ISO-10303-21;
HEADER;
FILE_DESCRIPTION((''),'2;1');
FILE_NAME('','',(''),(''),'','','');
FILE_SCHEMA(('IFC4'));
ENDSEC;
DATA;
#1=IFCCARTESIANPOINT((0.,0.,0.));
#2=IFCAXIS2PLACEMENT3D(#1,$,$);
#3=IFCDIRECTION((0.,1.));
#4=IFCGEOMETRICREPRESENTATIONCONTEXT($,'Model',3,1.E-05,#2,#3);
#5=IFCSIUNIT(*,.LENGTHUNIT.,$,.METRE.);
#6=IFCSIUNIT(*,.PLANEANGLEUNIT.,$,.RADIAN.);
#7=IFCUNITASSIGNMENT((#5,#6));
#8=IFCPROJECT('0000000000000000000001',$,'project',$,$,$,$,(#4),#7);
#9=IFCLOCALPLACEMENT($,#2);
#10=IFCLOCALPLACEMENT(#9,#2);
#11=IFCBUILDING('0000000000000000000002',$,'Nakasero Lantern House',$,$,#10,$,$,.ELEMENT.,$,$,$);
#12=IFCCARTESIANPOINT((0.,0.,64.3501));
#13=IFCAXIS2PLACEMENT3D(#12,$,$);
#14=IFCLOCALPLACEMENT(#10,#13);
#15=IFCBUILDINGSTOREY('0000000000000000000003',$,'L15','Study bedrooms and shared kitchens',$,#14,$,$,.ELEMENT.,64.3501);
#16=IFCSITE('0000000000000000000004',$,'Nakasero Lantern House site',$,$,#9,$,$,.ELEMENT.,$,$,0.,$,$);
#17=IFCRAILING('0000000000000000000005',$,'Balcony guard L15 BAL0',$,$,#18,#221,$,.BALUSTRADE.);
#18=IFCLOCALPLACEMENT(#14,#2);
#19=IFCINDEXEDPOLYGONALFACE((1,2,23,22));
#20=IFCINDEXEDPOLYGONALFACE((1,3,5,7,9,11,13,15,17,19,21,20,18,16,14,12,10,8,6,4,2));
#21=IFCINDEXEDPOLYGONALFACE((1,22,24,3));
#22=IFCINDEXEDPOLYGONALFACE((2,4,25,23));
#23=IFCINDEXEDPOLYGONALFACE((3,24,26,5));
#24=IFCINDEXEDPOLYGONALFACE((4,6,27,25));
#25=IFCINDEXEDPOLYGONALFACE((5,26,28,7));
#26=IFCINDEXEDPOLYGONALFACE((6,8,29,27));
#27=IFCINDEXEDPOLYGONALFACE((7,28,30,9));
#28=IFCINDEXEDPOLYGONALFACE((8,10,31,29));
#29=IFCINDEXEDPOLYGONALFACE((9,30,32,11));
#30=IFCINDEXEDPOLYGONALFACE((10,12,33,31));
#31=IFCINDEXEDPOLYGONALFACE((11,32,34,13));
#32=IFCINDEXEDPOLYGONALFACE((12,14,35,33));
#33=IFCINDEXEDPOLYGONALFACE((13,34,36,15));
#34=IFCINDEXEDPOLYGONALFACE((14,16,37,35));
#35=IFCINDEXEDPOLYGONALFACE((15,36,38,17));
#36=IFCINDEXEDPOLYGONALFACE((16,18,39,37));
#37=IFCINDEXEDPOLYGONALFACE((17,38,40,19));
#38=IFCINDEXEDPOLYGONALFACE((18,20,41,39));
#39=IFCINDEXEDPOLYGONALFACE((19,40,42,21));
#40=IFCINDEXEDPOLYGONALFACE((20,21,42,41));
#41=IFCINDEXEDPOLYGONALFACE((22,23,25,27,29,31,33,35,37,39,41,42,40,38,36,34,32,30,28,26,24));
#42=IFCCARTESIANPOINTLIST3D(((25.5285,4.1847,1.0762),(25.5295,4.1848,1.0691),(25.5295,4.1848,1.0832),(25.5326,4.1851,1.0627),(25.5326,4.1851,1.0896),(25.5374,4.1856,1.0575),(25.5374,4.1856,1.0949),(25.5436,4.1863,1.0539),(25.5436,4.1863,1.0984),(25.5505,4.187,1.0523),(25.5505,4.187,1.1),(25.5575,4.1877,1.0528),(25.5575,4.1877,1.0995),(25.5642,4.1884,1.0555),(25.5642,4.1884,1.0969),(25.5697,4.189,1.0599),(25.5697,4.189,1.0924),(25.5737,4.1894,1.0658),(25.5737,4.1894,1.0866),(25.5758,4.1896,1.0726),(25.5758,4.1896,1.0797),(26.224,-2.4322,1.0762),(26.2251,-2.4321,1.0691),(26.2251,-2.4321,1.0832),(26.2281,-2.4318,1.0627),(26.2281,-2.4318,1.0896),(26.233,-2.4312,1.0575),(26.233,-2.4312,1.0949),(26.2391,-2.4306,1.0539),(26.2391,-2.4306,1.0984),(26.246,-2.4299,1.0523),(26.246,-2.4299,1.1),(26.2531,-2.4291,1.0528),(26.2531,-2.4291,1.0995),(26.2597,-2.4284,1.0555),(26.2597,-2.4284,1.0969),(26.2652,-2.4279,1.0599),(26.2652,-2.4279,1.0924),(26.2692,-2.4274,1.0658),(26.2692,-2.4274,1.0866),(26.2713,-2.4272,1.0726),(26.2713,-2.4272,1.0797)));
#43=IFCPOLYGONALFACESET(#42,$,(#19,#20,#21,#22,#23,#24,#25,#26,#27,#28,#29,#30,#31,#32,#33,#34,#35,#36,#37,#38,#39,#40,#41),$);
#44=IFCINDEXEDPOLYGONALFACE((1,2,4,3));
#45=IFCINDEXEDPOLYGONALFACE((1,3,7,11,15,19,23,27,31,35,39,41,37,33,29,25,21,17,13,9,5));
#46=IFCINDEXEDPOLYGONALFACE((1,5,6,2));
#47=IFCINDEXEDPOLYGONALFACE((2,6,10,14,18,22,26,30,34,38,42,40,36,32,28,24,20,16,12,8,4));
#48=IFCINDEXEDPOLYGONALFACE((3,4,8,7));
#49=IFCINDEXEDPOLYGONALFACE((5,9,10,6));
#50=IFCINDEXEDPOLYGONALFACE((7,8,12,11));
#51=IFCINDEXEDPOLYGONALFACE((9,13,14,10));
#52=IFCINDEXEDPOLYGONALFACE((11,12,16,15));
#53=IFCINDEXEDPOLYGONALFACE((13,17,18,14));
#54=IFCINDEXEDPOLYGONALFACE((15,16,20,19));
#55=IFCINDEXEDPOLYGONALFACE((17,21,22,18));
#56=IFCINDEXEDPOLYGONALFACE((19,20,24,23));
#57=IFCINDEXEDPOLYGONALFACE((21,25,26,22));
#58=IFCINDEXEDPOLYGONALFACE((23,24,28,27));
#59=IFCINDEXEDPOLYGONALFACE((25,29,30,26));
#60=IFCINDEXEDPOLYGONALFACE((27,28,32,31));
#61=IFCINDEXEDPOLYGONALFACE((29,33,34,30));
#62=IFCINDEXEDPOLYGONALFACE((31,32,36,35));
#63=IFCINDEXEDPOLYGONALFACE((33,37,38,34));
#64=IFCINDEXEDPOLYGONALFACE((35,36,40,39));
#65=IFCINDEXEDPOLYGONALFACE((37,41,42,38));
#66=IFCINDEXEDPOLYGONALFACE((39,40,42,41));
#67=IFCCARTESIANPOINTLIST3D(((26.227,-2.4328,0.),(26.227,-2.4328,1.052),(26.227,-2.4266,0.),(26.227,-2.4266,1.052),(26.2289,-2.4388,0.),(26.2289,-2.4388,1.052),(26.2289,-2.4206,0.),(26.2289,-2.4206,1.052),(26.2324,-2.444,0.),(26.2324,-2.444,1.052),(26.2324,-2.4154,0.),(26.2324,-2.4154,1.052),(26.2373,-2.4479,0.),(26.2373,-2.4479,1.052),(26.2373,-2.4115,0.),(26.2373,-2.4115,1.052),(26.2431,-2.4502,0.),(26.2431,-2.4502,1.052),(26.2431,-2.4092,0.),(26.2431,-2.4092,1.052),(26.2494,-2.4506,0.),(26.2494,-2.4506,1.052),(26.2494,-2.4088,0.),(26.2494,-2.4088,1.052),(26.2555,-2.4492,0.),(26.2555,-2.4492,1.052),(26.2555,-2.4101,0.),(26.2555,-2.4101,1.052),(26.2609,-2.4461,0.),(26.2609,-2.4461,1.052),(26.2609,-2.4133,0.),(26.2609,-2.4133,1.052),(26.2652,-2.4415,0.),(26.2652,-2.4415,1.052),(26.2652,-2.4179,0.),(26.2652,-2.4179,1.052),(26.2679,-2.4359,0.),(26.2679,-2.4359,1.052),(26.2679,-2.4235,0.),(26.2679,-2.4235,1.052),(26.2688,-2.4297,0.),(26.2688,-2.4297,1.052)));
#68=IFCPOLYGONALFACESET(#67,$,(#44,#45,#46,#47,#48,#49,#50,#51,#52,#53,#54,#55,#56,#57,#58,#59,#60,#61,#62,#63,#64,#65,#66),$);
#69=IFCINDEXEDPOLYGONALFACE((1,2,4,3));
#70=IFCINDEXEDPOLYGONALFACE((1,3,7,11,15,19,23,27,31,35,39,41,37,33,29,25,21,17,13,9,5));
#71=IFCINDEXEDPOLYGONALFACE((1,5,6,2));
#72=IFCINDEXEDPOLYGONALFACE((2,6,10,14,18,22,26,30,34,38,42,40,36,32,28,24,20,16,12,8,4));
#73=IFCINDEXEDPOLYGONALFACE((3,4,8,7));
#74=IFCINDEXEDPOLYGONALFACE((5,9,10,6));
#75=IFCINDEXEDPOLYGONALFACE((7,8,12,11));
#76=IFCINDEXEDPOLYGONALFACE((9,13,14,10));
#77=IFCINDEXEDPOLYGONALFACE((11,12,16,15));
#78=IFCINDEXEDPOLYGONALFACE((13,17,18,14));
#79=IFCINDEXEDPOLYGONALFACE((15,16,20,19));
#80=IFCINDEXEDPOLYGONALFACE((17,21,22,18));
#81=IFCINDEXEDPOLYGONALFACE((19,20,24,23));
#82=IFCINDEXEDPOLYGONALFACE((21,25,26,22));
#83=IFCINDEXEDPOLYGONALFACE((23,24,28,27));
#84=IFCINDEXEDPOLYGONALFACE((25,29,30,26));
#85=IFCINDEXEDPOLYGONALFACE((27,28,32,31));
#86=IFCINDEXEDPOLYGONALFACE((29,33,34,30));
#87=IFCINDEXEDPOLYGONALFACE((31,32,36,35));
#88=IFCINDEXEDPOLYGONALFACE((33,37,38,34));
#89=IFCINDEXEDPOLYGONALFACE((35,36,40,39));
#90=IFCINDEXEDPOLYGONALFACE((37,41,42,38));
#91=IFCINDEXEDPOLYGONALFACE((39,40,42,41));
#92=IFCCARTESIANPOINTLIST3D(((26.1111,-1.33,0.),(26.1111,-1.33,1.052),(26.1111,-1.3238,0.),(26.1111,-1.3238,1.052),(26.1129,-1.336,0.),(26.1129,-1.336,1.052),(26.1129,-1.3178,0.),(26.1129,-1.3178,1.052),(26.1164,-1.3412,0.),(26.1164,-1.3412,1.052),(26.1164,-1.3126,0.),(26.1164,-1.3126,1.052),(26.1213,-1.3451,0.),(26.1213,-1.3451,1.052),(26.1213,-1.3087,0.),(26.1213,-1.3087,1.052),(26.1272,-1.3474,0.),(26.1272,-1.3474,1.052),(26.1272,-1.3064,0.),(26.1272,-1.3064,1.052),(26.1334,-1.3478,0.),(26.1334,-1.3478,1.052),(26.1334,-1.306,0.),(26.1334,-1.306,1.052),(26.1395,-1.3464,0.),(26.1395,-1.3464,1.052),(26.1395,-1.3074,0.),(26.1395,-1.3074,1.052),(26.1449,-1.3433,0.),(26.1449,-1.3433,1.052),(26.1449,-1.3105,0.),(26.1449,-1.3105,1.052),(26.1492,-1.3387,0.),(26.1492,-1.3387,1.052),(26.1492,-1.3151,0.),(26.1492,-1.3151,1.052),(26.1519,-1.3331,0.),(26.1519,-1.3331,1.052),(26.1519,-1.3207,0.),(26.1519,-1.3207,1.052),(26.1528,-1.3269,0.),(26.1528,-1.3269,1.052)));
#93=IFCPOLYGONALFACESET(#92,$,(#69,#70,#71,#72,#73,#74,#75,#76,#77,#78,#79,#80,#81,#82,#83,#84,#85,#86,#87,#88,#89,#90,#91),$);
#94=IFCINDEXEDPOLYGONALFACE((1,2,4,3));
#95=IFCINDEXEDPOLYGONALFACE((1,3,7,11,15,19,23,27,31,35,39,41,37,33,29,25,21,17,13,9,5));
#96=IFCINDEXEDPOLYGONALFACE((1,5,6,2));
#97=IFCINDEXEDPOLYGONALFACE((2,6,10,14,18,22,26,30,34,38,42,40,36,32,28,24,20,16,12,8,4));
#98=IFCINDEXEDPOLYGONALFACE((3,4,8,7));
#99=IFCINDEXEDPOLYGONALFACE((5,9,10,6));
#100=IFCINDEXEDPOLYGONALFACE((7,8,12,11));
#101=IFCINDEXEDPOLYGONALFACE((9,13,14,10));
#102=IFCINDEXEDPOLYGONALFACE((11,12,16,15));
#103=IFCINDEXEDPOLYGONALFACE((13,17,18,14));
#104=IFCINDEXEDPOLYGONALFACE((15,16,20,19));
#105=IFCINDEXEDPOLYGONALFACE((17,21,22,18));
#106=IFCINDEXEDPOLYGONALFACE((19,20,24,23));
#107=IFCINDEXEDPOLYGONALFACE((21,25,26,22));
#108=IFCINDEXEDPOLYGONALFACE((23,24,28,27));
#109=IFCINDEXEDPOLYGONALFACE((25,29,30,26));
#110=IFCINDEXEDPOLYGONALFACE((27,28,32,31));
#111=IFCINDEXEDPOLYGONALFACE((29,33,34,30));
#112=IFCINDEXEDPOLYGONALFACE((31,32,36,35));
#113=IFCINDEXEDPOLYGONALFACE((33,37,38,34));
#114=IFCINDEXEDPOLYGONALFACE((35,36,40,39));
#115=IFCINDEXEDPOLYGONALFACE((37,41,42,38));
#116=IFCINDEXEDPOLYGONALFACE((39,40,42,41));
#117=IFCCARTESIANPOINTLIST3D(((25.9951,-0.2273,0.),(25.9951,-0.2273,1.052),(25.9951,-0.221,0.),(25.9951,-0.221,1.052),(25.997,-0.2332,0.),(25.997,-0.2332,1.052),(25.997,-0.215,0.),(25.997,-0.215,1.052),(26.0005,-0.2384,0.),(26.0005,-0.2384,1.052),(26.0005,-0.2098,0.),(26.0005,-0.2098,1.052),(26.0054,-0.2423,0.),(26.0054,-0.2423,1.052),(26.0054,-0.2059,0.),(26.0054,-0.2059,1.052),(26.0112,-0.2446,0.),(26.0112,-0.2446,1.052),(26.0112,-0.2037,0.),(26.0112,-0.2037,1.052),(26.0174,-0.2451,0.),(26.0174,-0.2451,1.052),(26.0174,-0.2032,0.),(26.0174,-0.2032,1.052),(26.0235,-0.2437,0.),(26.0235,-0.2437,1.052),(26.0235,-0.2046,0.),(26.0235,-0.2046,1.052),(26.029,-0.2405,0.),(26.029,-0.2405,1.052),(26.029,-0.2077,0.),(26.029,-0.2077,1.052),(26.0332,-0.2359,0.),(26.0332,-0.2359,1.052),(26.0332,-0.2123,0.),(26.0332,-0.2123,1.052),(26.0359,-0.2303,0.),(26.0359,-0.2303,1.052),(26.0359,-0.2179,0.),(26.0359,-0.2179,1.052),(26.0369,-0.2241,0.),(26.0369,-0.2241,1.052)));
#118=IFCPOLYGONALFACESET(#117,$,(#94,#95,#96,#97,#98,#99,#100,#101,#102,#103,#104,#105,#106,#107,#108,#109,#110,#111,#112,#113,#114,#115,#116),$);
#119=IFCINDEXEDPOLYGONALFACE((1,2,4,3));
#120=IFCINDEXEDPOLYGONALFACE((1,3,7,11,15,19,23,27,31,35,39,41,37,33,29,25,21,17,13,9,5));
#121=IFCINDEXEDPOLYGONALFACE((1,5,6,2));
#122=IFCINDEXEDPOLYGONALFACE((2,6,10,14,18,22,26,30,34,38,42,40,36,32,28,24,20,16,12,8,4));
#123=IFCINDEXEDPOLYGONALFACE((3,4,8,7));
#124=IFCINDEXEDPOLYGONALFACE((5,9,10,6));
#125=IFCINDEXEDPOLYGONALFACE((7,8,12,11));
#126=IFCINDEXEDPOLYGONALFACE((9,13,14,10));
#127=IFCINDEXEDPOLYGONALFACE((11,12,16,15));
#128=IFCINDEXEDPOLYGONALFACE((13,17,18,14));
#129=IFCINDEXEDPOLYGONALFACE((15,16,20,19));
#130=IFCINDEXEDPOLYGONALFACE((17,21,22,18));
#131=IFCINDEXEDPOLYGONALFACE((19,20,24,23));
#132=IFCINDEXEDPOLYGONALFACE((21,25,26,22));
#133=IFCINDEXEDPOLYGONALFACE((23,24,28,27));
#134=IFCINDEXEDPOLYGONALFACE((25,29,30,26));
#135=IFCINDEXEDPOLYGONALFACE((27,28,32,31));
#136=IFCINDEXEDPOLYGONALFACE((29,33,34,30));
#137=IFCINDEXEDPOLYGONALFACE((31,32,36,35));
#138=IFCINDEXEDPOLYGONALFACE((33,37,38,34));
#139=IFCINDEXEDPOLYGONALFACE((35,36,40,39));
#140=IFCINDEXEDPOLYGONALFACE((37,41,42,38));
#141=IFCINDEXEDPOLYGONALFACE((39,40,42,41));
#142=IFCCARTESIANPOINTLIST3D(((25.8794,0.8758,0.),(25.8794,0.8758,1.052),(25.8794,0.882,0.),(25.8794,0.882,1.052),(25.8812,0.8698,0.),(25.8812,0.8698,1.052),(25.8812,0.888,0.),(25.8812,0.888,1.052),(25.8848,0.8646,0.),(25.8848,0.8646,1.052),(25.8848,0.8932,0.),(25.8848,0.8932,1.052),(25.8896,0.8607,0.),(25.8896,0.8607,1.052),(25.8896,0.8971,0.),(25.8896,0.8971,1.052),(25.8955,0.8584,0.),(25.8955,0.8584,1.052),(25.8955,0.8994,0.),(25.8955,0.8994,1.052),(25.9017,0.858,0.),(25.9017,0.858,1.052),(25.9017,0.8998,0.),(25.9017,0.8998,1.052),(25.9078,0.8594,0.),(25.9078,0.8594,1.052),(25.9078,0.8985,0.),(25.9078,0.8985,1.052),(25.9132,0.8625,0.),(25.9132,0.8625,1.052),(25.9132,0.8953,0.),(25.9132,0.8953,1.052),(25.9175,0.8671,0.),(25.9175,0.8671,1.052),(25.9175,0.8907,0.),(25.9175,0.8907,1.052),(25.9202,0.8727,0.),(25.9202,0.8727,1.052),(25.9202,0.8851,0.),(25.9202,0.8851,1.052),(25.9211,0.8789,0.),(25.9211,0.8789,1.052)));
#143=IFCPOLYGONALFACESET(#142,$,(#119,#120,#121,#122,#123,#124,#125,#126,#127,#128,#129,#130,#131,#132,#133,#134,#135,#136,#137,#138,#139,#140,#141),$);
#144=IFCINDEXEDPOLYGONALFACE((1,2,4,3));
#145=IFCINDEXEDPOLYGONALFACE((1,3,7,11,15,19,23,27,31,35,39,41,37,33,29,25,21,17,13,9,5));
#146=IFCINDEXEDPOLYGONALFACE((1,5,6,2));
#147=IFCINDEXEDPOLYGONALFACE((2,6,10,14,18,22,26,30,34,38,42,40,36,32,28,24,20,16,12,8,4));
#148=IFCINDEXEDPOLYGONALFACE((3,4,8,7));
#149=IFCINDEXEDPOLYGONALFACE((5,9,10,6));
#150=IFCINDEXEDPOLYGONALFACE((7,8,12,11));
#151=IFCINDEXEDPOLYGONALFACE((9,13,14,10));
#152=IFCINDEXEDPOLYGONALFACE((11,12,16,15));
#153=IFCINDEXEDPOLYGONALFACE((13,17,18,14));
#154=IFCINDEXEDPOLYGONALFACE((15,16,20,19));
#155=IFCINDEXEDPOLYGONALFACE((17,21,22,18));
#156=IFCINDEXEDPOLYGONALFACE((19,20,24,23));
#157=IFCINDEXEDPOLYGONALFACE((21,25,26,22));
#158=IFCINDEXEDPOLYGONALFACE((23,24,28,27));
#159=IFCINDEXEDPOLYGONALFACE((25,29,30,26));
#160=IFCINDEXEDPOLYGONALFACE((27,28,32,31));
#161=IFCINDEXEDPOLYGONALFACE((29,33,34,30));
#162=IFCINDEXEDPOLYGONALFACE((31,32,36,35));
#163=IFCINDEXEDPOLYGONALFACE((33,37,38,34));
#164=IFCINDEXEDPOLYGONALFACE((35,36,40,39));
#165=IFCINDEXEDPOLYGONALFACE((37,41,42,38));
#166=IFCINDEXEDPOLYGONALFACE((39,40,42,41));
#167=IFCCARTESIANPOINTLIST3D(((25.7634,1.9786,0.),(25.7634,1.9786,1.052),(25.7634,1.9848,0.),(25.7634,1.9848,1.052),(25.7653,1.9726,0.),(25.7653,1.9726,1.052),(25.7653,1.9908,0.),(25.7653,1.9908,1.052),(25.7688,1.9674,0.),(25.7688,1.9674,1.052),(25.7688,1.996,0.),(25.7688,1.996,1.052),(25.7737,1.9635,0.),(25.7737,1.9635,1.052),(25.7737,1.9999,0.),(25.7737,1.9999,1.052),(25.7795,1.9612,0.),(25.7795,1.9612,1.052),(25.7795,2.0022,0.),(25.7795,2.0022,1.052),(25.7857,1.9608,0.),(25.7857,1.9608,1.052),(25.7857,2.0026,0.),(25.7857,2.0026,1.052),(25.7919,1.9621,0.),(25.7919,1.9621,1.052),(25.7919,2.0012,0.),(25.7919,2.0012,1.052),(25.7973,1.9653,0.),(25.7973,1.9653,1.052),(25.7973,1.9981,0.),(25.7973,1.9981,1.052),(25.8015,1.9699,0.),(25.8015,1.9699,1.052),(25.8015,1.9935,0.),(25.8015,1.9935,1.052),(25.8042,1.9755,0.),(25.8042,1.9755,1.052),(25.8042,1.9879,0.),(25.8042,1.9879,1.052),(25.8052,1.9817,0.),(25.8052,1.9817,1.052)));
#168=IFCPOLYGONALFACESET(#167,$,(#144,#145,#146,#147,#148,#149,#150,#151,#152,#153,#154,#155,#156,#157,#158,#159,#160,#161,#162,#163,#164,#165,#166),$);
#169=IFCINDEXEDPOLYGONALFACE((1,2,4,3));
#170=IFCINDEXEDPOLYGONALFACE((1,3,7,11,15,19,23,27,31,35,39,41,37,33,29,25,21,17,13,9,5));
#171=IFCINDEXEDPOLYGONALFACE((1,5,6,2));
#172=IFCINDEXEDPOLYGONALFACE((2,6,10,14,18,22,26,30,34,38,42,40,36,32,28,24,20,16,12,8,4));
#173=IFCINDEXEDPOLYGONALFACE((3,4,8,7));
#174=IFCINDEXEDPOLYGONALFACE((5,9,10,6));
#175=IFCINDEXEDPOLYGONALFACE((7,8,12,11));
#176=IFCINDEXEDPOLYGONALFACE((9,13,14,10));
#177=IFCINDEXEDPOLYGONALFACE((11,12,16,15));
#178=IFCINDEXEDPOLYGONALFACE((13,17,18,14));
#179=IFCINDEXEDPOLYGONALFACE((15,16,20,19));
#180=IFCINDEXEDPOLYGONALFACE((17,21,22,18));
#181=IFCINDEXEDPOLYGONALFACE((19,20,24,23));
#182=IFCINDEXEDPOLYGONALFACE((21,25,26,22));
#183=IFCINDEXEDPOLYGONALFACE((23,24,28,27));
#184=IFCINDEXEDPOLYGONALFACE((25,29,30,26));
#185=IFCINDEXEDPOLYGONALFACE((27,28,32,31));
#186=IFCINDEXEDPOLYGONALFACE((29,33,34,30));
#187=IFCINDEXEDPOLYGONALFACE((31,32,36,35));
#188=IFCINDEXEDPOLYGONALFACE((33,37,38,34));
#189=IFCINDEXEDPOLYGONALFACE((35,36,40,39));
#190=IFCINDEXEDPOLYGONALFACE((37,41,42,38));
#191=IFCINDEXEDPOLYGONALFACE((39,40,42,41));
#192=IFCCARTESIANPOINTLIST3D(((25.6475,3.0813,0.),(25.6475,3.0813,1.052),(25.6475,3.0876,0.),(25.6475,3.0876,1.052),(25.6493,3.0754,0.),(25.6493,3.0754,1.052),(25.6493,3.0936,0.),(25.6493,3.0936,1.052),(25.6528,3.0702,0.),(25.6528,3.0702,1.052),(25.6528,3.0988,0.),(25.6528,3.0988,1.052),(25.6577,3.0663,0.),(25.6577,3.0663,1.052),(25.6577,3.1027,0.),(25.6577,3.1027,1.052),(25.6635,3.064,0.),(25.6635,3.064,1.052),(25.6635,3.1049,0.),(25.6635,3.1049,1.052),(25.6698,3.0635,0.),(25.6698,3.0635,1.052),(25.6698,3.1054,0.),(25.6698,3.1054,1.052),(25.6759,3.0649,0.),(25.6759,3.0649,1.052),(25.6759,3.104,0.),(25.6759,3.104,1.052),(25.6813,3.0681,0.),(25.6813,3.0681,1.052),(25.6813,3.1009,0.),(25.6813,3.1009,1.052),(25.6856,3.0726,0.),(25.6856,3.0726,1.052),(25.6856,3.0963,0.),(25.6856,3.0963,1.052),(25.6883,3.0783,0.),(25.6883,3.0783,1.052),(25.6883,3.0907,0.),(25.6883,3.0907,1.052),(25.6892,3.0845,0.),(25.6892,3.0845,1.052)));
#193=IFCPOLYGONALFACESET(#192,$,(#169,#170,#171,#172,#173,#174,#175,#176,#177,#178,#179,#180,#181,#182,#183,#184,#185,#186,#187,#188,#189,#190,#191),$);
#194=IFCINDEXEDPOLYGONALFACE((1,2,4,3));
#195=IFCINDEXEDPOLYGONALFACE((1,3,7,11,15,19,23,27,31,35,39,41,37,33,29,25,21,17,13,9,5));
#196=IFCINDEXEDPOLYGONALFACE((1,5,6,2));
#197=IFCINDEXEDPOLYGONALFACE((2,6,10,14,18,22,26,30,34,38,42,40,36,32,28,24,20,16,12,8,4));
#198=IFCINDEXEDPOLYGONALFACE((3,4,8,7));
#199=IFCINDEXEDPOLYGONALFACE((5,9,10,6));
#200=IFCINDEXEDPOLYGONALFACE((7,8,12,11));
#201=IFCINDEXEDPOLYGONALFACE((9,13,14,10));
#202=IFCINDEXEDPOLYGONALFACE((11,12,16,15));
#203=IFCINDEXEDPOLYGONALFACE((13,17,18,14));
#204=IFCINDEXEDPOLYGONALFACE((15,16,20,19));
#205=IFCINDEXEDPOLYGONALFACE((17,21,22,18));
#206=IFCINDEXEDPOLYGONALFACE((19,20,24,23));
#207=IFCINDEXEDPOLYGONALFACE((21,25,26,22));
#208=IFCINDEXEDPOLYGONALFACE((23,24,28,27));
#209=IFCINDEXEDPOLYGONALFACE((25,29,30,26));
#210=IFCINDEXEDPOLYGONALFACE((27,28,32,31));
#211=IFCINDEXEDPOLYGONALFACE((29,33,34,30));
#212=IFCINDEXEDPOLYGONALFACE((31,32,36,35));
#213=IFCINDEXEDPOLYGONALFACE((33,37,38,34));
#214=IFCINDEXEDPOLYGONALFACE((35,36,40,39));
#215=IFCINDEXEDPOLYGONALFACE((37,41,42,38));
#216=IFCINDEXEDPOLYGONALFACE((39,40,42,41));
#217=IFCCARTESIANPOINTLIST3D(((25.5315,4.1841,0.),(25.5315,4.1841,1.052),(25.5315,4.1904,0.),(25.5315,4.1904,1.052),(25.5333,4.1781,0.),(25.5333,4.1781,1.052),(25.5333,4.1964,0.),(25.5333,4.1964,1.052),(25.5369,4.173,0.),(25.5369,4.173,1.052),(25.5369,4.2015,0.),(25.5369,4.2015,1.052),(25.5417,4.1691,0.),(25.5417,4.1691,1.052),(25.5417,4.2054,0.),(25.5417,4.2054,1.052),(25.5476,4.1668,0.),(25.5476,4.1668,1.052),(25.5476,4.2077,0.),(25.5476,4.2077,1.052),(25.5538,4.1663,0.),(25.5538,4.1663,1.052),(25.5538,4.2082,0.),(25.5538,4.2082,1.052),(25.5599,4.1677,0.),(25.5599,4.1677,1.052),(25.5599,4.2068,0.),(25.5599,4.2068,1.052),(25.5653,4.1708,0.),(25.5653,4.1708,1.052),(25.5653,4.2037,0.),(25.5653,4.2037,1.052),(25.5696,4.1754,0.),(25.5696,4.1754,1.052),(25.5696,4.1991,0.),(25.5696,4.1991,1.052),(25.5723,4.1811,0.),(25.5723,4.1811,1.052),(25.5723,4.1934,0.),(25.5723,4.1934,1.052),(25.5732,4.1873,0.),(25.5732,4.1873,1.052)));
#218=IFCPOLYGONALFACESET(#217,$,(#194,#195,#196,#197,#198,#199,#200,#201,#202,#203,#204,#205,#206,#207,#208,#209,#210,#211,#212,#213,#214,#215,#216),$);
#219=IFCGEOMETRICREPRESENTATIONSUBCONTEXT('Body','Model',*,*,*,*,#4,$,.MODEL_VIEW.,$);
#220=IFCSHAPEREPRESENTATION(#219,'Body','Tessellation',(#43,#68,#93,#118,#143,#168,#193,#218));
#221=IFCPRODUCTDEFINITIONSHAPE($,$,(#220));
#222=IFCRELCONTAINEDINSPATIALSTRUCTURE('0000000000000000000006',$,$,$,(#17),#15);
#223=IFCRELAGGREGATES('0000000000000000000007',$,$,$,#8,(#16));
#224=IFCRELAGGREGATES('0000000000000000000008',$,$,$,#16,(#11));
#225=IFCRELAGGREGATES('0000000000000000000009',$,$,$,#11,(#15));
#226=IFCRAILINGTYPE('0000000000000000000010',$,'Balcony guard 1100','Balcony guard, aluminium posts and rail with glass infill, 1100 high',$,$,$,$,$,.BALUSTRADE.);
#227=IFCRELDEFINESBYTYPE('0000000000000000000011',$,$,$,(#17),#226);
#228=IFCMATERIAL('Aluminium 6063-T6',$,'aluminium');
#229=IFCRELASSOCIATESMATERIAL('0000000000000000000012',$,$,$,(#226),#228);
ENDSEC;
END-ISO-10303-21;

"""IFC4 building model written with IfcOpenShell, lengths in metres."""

from ifc_helpers import new_model, si_unit, direction, frame, origin, origin_2d, place, context, subcontext, project, spatial, circle, extrude, material, type_object, element, save


model = new_model("IFC4")

# Units and contexts
model_context = context("Model", 3, precision=1e-05, world=origin(), true_north=direction((0.0, 1.0)))
body_context = subcontext(model_context, "Body", "Model", "MODEL_VIEW")
ifc_project = project(units=[si_unit("LENGTHUNIT", "METRE"), si_unit("PLANEANGLEUNIT", "RADIAN")], contexts=[model_context])

# Site, building, storey
site_placement = place(None, origin())
site = spatial("IfcSite", under=ifc_project, at=site_placement, Name="Nakasero Lantern House site", CompositionType="ELEMENT", RefElevation=0.0)
building_placement = place(site_placement, origin())
building = spatial("IfcBuilding", under=site, at=building_placement, Name="Nakasero Lantern House", CompositionType="ELEMENT")
storey_placement = place(building_placement, frame((0.0, 0.0, 64.3501)))
storey = spatial("IfcBuildingStorey", under=building, at=storey_placement, Name="L15", Description="Study bedrooms and shared kitchens", CompositionType="ELEMENT", Elevation=64.3501)

# Railing
ifc_material_1 = material(Name="Aluminium 6063-T6", Category="aluminium")
railing_type = type_object("IfcRailingType", Name="Balcony guard 1100", Description="Balcony guard, aluminium posts and rail with glass infill, 1100 high", PredefinedType="BALUSTRADE", material=ifc_material_1)
railing_placement = place(storey_placement, frame((26.2478, -2.4297, 0.0)))
element("IfcRailing", 1, at=railing_placement, inside=storey, type_object=railing_type, Name="Balcony guard L15 BAL0", PredefinedType="BALUSTRADE", context=body_context, shape_type="SweptSolid", body=[
    extrude(circle(Radius=0.0239, at=origin_2d()), frame((0.0, 0.0, 1.0762), z_axis=(-0.104542, 0.994521, 0.0), x_axis=(-0.994521, -0.104542, 0.0)), (0.0, 0.0, 1.0), 6.6533),
    extrude(circle(Radius=0.021, at=origin_2d()), origin(), (0.0, 0.0, 1.0), 1.052),
    extrude(circle(Radius=0.021, at=origin_2d()), frame((-0.116, 1.1028, 0.0)), (0.0, 0.0, 1.0), 1.052),
    extrude(circle(Radius=0.021, at=origin_2d()), frame((-0.2319, 2.2056, 0.0)), (0.0, 0.0, 1.0), 1.052),
    extrude(circle(Radius=0.021, at=origin_2d()), frame((-0.3477, 3.3086, 0.0)), (0.0, 0.0, 1.0), 1.052),
    extrude(circle(Radius=0.021, at=origin_2d()), frame((-0.4636, 4.4114, 0.0)), (0.0, 0.0, 1.0), 1.052),
    extrude(circle(Radius=0.021, at=origin_2d()), frame((-0.5796, 5.5142, 0.0)), (0.0, 0.0, 1.0), 1.052),
    extrude(circle(Radius=0.021, at=origin_2d()), frame((-0.6956, 6.6169, 0.0)), (0.0, 0.0, 1.0), 1.052),
])

save(model, "model.ifc")
